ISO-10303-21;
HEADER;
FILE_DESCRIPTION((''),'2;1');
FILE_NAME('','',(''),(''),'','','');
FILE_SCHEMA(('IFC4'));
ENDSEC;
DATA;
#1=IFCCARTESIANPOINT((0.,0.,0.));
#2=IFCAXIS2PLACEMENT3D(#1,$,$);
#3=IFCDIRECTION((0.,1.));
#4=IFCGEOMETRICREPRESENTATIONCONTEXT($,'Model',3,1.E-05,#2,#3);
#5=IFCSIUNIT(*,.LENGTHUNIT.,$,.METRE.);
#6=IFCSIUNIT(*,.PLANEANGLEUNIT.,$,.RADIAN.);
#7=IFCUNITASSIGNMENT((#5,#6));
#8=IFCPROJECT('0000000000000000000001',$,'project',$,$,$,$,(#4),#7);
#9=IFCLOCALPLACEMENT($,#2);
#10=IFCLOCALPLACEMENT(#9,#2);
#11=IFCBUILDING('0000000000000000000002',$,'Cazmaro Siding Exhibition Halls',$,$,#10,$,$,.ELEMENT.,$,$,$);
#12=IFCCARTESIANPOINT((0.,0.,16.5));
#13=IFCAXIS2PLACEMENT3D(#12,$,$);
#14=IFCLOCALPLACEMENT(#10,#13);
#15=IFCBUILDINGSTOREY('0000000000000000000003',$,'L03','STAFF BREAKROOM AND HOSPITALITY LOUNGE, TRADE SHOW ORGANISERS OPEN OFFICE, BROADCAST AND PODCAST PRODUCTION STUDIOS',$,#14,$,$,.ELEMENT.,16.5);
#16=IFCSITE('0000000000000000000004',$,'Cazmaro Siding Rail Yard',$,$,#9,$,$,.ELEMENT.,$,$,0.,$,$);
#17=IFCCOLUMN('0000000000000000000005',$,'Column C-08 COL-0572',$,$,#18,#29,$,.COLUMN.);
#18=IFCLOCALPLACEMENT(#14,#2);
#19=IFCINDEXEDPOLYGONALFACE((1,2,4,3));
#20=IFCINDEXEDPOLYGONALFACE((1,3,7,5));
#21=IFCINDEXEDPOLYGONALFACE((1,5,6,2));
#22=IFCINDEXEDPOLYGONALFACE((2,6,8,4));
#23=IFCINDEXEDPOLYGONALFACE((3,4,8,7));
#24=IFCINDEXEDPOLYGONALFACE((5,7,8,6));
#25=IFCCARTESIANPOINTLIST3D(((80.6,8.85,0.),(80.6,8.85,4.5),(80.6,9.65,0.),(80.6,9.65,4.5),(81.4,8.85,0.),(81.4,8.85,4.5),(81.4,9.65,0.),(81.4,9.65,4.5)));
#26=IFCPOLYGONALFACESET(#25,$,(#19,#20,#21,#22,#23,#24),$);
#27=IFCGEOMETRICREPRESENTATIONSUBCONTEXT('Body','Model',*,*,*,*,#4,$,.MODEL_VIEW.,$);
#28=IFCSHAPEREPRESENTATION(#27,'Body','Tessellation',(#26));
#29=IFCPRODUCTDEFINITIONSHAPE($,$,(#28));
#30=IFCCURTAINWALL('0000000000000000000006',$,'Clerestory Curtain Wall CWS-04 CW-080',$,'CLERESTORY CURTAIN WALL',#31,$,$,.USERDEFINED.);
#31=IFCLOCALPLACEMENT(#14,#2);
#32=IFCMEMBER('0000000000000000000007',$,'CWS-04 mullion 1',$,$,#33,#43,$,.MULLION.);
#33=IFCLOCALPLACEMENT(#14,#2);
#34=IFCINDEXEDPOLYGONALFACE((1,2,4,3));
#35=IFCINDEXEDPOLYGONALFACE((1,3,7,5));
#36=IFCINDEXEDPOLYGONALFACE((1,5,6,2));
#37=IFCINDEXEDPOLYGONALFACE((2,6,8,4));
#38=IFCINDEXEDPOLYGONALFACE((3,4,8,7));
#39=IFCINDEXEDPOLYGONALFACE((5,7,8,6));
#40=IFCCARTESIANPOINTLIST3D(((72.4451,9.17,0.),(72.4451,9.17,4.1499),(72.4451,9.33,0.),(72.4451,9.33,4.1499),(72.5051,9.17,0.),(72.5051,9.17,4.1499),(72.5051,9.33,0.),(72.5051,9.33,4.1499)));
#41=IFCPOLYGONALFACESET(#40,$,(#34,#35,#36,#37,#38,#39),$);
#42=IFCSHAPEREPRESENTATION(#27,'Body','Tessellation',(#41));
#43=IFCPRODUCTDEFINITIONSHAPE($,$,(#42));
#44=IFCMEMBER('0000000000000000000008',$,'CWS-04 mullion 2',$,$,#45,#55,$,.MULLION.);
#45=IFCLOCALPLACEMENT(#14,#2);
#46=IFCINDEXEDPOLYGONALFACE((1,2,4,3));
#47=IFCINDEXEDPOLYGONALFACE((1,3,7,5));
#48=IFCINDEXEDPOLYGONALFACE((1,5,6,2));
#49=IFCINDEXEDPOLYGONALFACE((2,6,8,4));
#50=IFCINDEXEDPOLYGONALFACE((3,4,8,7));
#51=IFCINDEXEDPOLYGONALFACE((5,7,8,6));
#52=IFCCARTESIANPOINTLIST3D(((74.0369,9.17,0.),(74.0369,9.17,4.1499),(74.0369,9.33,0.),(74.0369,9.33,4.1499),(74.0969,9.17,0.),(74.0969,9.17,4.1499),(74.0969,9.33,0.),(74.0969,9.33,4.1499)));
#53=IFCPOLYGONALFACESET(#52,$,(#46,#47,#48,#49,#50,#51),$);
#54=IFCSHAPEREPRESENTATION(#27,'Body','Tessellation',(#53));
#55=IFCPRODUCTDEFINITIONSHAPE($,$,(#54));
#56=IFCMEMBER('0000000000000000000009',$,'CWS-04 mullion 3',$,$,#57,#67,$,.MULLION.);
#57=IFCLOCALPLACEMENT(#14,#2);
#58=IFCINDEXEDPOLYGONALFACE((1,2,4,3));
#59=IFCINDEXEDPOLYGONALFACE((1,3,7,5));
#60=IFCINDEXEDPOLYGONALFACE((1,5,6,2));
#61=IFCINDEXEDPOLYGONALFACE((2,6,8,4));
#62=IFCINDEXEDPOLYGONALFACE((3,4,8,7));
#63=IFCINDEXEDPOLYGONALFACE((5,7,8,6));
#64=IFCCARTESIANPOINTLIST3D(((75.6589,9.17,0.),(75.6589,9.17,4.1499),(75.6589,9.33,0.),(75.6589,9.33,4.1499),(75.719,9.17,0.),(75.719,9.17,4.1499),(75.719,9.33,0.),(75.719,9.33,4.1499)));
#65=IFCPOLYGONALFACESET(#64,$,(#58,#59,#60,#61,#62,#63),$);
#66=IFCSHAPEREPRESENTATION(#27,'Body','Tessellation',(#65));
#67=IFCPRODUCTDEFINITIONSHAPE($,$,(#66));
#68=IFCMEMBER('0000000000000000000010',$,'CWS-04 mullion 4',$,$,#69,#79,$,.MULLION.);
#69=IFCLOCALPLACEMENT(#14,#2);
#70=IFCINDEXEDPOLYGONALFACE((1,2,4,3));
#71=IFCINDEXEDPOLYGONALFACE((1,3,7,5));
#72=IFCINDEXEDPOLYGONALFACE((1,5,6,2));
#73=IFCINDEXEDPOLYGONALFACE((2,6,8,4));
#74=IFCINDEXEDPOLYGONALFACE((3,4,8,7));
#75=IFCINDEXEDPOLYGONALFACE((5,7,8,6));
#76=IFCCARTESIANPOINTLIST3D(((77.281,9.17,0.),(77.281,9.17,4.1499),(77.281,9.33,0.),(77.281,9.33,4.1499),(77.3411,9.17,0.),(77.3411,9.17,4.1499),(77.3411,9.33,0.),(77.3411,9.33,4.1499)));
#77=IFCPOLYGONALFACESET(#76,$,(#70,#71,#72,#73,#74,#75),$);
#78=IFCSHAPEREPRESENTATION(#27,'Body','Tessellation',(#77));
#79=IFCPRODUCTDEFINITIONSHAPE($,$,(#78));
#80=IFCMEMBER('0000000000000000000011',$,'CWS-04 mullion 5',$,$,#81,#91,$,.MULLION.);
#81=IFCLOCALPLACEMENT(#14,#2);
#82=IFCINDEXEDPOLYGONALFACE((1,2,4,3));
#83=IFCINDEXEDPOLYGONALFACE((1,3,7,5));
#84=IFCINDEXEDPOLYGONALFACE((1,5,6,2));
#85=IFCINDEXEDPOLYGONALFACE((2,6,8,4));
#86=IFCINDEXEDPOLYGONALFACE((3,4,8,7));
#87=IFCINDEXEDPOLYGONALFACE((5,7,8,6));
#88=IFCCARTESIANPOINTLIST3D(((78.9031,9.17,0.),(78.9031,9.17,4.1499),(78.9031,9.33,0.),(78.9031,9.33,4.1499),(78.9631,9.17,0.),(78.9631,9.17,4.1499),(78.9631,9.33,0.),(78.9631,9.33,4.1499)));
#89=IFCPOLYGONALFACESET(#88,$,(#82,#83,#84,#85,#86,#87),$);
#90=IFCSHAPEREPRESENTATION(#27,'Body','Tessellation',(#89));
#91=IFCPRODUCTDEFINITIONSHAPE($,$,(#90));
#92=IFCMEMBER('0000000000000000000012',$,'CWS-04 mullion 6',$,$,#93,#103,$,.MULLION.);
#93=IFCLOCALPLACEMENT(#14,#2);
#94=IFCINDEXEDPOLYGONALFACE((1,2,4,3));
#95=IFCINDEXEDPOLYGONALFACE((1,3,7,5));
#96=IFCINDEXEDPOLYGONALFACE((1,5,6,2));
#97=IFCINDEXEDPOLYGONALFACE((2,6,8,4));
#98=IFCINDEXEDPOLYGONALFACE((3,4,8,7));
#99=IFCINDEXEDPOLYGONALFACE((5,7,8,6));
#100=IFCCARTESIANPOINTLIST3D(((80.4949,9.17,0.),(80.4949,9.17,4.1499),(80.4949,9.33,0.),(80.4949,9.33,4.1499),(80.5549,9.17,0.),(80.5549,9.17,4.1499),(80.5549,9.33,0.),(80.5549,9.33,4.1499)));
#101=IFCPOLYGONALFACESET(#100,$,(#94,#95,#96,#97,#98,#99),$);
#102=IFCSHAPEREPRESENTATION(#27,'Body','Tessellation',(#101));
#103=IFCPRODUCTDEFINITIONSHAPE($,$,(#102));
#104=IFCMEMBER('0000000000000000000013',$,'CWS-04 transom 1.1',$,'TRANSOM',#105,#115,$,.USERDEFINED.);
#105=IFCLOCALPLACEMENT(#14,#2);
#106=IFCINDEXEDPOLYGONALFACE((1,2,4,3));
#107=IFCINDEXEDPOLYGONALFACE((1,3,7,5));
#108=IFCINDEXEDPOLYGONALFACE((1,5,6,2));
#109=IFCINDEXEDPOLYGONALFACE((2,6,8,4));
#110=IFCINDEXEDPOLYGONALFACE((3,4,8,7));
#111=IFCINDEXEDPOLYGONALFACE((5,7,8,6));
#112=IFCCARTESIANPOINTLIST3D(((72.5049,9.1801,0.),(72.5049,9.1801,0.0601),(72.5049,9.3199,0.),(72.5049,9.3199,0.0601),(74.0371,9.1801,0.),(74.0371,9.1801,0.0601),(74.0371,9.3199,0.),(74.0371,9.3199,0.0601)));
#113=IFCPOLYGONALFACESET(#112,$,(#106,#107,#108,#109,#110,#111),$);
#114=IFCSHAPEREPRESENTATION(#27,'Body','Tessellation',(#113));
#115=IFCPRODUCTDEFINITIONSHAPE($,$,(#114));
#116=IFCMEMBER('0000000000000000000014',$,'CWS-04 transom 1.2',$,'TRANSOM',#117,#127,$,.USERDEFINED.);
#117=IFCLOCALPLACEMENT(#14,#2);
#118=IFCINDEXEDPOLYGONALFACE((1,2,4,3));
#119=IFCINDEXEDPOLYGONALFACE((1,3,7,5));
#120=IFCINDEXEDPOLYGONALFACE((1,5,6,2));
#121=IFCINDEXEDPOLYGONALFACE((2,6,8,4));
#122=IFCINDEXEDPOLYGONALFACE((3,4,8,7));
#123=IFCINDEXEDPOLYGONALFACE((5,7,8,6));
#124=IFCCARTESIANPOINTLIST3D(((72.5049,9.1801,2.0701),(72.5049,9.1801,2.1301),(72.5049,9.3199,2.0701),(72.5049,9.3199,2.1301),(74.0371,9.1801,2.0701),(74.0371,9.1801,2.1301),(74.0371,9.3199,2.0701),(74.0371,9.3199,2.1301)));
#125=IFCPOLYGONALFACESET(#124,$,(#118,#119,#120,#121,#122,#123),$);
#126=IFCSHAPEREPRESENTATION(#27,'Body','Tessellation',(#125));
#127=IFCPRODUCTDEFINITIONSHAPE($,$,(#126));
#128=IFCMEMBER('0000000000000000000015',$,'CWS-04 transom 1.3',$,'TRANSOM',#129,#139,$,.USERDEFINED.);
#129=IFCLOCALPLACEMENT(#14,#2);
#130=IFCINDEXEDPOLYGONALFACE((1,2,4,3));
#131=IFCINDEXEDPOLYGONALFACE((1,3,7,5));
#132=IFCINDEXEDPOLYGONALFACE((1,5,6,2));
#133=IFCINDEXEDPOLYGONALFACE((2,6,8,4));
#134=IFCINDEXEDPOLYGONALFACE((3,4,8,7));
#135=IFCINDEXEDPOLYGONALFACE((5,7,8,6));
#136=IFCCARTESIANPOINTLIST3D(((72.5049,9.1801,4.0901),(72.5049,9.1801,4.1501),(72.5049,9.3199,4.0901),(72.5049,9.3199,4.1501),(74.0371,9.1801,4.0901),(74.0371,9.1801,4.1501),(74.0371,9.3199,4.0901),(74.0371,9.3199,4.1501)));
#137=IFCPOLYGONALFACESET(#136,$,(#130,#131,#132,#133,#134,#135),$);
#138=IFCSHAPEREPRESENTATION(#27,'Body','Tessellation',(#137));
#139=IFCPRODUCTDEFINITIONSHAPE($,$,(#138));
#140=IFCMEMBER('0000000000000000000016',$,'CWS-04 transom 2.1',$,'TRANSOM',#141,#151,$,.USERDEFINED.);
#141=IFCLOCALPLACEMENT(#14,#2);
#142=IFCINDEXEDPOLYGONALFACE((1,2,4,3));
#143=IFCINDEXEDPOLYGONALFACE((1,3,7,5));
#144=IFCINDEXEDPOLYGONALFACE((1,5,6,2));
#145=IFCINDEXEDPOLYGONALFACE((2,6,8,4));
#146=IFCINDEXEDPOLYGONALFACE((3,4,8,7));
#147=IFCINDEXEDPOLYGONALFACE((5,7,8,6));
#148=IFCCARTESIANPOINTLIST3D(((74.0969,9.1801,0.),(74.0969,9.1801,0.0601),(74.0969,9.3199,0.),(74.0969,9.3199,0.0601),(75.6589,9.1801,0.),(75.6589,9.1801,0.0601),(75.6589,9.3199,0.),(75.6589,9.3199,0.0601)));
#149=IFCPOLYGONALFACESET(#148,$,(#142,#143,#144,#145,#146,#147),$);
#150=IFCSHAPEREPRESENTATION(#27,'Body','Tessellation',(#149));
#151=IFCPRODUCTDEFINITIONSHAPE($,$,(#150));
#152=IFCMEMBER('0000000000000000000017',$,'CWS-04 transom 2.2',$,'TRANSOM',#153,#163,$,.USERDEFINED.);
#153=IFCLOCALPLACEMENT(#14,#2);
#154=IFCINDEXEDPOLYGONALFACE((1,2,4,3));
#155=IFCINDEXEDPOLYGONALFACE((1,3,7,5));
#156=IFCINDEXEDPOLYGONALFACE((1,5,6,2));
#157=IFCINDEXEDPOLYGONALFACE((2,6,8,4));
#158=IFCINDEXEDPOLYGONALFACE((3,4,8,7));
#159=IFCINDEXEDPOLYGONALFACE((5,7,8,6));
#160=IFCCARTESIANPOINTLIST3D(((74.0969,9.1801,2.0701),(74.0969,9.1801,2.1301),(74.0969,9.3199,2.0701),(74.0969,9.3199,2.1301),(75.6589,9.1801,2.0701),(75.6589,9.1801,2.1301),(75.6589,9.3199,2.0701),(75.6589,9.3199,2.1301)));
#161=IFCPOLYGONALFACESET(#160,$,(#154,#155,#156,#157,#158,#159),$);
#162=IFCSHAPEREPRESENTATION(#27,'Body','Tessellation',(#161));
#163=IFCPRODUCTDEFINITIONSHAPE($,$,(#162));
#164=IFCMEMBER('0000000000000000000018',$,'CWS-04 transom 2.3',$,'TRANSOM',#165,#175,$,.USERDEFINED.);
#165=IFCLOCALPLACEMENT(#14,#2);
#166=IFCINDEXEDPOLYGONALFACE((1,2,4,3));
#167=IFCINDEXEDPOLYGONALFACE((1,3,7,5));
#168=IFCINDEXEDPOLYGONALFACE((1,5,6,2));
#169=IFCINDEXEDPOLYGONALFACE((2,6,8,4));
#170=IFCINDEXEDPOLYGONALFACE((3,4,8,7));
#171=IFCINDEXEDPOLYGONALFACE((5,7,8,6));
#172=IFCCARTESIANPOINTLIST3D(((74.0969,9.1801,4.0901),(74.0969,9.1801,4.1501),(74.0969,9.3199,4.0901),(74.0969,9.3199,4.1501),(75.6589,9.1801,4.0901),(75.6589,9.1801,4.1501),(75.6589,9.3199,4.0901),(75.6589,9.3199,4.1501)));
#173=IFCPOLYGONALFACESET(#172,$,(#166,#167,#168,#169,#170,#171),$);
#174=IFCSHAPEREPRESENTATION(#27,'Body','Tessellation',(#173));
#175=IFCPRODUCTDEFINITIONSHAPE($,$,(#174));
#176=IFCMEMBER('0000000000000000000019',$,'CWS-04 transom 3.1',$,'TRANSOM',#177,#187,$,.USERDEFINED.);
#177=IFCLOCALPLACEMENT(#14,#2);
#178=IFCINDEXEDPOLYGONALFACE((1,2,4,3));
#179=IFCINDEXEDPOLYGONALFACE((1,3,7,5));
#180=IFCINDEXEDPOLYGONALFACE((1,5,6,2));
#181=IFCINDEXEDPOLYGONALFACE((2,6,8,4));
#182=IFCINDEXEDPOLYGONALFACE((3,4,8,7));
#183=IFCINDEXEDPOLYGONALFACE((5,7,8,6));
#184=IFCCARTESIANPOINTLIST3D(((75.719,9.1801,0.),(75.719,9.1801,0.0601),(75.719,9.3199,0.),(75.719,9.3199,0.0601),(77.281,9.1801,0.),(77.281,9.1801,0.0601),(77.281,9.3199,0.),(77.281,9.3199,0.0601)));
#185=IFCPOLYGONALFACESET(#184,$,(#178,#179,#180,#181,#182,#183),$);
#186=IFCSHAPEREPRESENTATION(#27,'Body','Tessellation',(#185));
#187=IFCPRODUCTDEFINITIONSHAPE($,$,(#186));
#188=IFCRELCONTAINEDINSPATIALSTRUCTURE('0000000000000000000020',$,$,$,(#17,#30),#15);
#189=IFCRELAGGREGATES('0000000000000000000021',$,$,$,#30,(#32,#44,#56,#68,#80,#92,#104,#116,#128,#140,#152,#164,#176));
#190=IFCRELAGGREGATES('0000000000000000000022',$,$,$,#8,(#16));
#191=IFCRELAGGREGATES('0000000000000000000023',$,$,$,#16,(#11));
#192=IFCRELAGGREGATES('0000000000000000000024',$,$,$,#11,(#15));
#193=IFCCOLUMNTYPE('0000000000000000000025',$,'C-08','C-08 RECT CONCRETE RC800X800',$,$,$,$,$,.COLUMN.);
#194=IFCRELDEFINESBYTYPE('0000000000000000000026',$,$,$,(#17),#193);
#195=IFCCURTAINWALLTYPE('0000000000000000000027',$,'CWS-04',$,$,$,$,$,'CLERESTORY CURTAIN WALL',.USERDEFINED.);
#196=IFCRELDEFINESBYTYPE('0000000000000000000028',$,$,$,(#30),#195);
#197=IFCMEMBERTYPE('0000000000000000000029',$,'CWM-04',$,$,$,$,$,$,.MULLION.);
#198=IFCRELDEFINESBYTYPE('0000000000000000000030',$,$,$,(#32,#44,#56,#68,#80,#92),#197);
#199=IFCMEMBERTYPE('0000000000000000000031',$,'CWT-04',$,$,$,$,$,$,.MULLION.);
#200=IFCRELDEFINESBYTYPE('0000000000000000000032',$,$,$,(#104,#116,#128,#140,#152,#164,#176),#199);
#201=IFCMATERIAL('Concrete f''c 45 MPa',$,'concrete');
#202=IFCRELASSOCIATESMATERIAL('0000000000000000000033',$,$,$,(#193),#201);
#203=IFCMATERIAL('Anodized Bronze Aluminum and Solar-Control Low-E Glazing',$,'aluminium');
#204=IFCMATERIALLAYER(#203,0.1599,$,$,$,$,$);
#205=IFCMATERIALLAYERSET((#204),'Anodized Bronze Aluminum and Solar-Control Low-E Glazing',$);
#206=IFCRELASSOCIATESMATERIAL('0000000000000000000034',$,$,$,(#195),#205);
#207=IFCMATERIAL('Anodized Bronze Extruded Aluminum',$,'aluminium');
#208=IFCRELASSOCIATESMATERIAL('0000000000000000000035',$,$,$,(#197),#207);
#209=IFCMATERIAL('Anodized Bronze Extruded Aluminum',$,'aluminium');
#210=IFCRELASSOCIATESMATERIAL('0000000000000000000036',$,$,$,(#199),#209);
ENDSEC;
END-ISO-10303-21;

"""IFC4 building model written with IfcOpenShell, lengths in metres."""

from ifc_helpers import new_model, si_unit, direction, frame, origin, origin_2d, place, context, subcontext, project, spatial, rectangle, extrude, material, layer, layer_set, material_profile, profile_set, type_object, element, aggregate, save


model = new_model("IFC4")

# Units and contexts
model_context = context("Model", 3, precision=1e-05, world=origin(), true_north=direction((0.0, 1.0)))
body_context = subcontext(model_context, "Body", "Model", "MODEL_VIEW")
ifc_project = project(units=[si_unit("LENGTHUNIT", "METRE"), si_unit("PLANEANGLEUNIT", "RADIAN")], contexts=[model_context])

# Site, building, storey
site_placement = place(None, origin())
site = spatial("IfcSite", under=ifc_project, at=site_placement, Name="Cazmaro Siding Rail Yard", CompositionType="ELEMENT", RefElevation=0.0)
building_placement = place(site_placement, origin())
building = spatial("IfcBuilding", under=site, at=building_placement, Name="Cazmaro Siding Exhibition Halls", CompositionType="ELEMENT")
storey_placement = place(building_placement, frame((0.0, 0.0, 16.5)))
storey = spatial("IfcBuildingStorey", under=building, at=storey_placement, Name="L03", Description="STAFF BREAKROOM AND HOSPITALITY LOUNGE, TRADE SHOW ORGANISERS OPEN OFFICE, BROADCAST AND PODCAST PRODUCTION STUDIOS", CompositionType="ELEMENT", Elevation=16.5)

# Column
ifc_material_1 = material(Name="Concrete f'c 45 MPa", Category="concrete")
ifc_material_profile_1 = material_profile(ifc_material_1, rectangle(XDim=0.8, YDim=0.8, at=origin_2d()), Name="RC800X800")
ifc_profile_set_1 = profile_set([ifc_material_profile_1], Name="Concrete f'c 45 MPa")
column_type = type_object("IfcColumnType", Name="C-08", Description="C-08 RECT CONCRETE RC800X800", PredefinedType="COLUMN", material=ifc_profile_set_1)
column_placement = place(storey_placement, frame((81.0, 9.25, 0.0), z_axis=(0.0, 0.0, 1.0), x_axis=(1.0, 0.0, 0.0)))
element("IfcColumn", 1, at=column_placement, inside=storey, type_object=column_type, Name="Column C-08 COL-0572", PredefinedType="COLUMN", context=body_context, shape_type="SweptSolid", body=[
    extrude(rectangle(XDim=0.8, YDim=0.8, at=origin_2d()), origin(), (0.0, 0.0, 1.0), 4.5),
])

# Curtain wall, members
ifc_material_2 = material(Name="Anodized Bronze Aluminum and Solar-Control Low-E Glazing", Category="aluminium")
ifc_layer_1 = layer(ifc_material_2, 0.1599)
ifc_layer_set_1 = layer_set([ifc_layer_1], Name="Anodized Bronze Aluminum and Solar-Control Low-E Glazing")
curtain_wall_type = type_object("IfcCurtainWallType", Name="CWS-04", ElementType="CLERESTORY CURTAIN WALL", PredefinedType="USERDEFINED", material=ifc_layer_set_1)
curtain_wall_placement = place(storey_placement, origin())
curtain_wall = element("IfcCurtainWall", 2, at=curtain_wall_placement, inside=storey, type_object=curtain_wall_type, Name="Clerestory Curtain Wall CWS-04 CW-080", ObjectType="CLERESTORY CURTAIN WALL", PredefinedType="USERDEFINED")
ifc_material_3 = material(Name="Anodized Bronze Extruded Aluminum", Category="aluminium")
ifc_material_profile_2 = material_profile(ifc_material_3, rectangle(XDim=0.1599, YDim=0.0601, at=origin_2d()), Name="CWM-04")
ifc_profile_set_2 = profile_set([ifc_material_profile_2], Name="Anodized Bronze Extruded Aluminum")
member_type_1 = type_object("IfcMemberType", Name="CWM-04", PredefinedType="MULLION", material=ifc_profile_set_2)
member_1_placement = place(storey_placement, frame((72.4751, 9.25, 0.0), z_axis=(0.0, 0.0, 1.0), x_axis=(0.0, 1.0, 0.0)))
member_1 = element("IfcMember", 3, at=member_1_placement, type_object=member_type_1, Name="CWS-04 mullion 1", PredefinedType="MULLION", context=body_context, shape_type="SweptSolid", body=[
    extrude(rectangle(XDim=0.1599, YDim=0.0601, at=origin_2d()), origin(), (0.0, 0.0, 1.0), 4.1499),
])
member_2_placement = place(storey_placement, frame((74.0669, 9.25, 0.0), z_axis=(0.0, 0.0, 1.0), x_axis=(0.0, 1.0, 0.0)))
member_2 = element("IfcMember", 4, at=member_2_placement, type_object=member_type_1, Name="CWS-04 mullion 2", PredefinedType="MULLION", context=body_context, shape_type="SweptSolid", body=[
    extrude(rectangle(XDim=0.1599, YDim=0.0601, at=origin_2d()), origin(), (0.0, 0.0, 1.0), 4.1499),
])
member_3_placement = place(storey_placement, frame((75.689, 9.25, 0.0), z_axis=(0.0, 0.0, 1.0), x_axis=(0.0, 1.0, 0.0)))
member_3 = element("IfcMember", 5, at=member_3_placement, type_object=member_type_1, Name="CWS-04 mullion 3", PredefinedType="MULLION", context=body_context, shape_type="SweptSolid", body=[
    extrude(rectangle(XDim=0.1599, YDim=0.0601, at=origin_2d()), origin(), (0.0, 0.0, 1.0), 4.1499),
])
member_4_placement = place(storey_placement, frame((77.311, 9.25, 0.0), z_axis=(0.0, 0.0, 1.0), x_axis=(0.0, 1.0, 0.0)))
member_4 = element("IfcMember", 6, at=member_4_placement, type_object=member_type_1, Name="CWS-04 mullion 4", PredefinedType="MULLION", context=body_context, shape_type="SweptSolid", body=[
    extrude(rectangle(XDim=0.1599, YDim=0.0601, at=origin_2d()), origin(), (0.0, 0.0, 1.0), 4.1499),
])
member_5_placement = place(storey_placement, frame((78.9331, 9.25, 0.0), z_axis=(0.0, 0.0, 1.0), x_axis=(0.0, 1.0, 0.0)))
member_5 = element("IfcMember", 7, at=member_5_placement, type_object=member_type_1, Name="CWS-04 mullion 5", PredefinedType="MULLION", context=body_context, shape_type="SweptSolid", body=[
    extrude(rectangle(XDim=0.1599, YDim=0.0601, at=origin_2d()), origin(), (0.0, 0.0, 1.0), 4.1499),
])
member_6_placement = place(storey_placement, frame((80.5249, 9.25, 0.0), z_axis=(0.0, 0.0, 1.0), x_axis=(0.0, 1.0, 0.0)))
member_6 = element("IfcMember", 8, at=member_6_placement, type_object=member_type_1, Name="CWS-04 mullion 6", PredefinedType="MULLION", context=body_context, shape_type="SweptSolid", body=[
    extrude(rectangle(XDim=0.1599, YDim=0.0601, at=origin_2d()), origin(), (0.0, 0.0, 1.0), 4.1499),
])
ifc_material_4 = material(Name="Anodized Bronze Extruded Aluminum", Category="aluminium")
ifc_material_profile_3 = material_profile(ifc_material_4, rectangle(XDim=0.1399, YDim=0.0601, at=origin_2d()), Name="CWT-04")
ifc_profile_set_3 = profile_set([ifc_material_profile_3], Name="Anodized Bronze Extruded Aluminum")
member_type_2 = type_object("IfcMemberType", Name="CWT-04", PredefinedType="MULLION", material=ifc_profile_set_3)
member_7_placement = place(storey_placement, frame((72.5049, 9.25, 0.03), z_axis=(1.0, 0.0, 0.0), x_axis=(0.0, 1.0, 0.0)))
member_7 = element("IfcMember", 9, at=member_7_placement, type_object=member_type_2, Name="CWS-04 transom 1.1", ObjectType="TRANSOM", PredefinedType="USERDEFINED", context=body_context, shape_type="SweptSolid", body=[
    extrude(rectangle(XDim=0.1399, YDim=0.0601, at=origin_2d()), origin(), (0.0, 0.0, 1.0), 1.5322),
])
member_8_placement = place(storey_placement, frame((72.5049, 9.25, 2.1001), z_axis=(1.0, 0.0, 0.0), x_axis=(0.0, 1.0, 0.0)))
member_8 = element("IfcMember", 10, at=member_8_placement, type_object=member_type_2, Name="CWS-04 transom 1.2", ObjectType="TRANSOM", PredefinedType="USERDEFINED", context=body_context, shape_type="SweptSolid", body=[
    extrude(rectangle(XDim=0.1399, YDim=0.0601, at=origin_2d()), origin(), (0.0, 0.0, 1.0), 1.5322),
])
member_9_placement = place(storey_placement, frame((72.5049, 9.25, 4.1201), z_axis=(1.0, 0.0, 0.0), x_axis=(0.0, 1.0, 0.0)))
member_9 = element("IfcMember", 11, at=member_9_placement, type_object=member_type_2, Name="CWS-04 transom 1.3", ObjectType="TRANSOM", PredefinedType="USERDEFINED", context=body_context, shape_type="SweptSolid", body=[
    extrude(rectangle(XDim=0.1399, YDim=0.0601, at=origin_2d()), origin(), (0.0, 0.0, 1.0), 1.5322),
])
member_10_placement = place(storey_placement, frame((74.0969, 9.25, 0.03), z_axis=(1.0, 0.0, 0.0), x_axis=(0.0, 1.0, 0.0)))
member_10 = element("IfcMember", 12, at=member_10_placement, type_object=member_type_2, Name="CWS-04 transom 2.1", ObjectType="TRANSOM", PredefinedType="USERDEFINED", context=body_context, shape_type="SweptSolid", body=[
    extrude(rectangle(XDim=0.1399, YDim=0.0601, at=origin_2d()), origin(), (0.0, 0.0, 1.0), 1.562),
])
member_11_placement = place(storey_placement, frame((74.0969, 9.25, 2.1001), z_axis=(1.0, 0.0, 0.0), x_axis=(0.0, 1.0, 0.0)))
member_11 = element("IfcMember", 13, at=member_11_placement, type_object=member_type_2, Name="CWS-04 transom 2.2", ObjectType="TRANSOM", PredefinedType="USERDEFINED", context=body_context, shape_type="SweptSolid", body=[
    extrude(rectangle(XDim=0.1399, YDim=0.0601, at=origin_2d()), origin(), (0.0, 0.0, 1.0), 1.562),
])
member_12_placement = place(storey_placement, frame((74.0969, 9.25, 4.1201), z_axis=(1.0, 0.0, 0.0), x_axis=(0.0, 1.0, 0.0)))
member_12 = element("IfcMember", 14, at=member_12_placement, type_object=member_type_2, Name="CWS-04 transom 2.3", ObjectType="TRANSOM", PredefinedType="USERDEFINED", context=body_context, shape_type="SweptSolid", body=[
    extrude(rectangle(XDim=0.1399, YDim=0.0601, at=origin_2d()), origin(), (0.0, 0.0, 1.0), 1.562),
])
member_13_placement = place(storey_placement, frame((75.719, 9.25, 0.03), z_axis=(1.0, 0.0, 0.0), x_axis=(0.0, 1.0, 0.0)))
member_13 = element("IfcMember", 15, at=member_13_placement, type_object=member_type_2, Name="CWS-04 transom 3.1", ObjectType="TRANSOM", PredefinedType="USERDEFINED", context=body_context, shape_type="SweptSolid", body=[
    extrude(rectangle(XDim=0.1399, YDim=0.0601, at=origin_2d()), origin(), (0.0, 0.0, 1.0), 1.562),
])

aggregate(curtain_wall, [member_1, member_2, member_3, member_4, member_5, member_6, member_7, member_8, member_9, member_10, member_11, member_12, member_13])

save(model, "model.ifc")
